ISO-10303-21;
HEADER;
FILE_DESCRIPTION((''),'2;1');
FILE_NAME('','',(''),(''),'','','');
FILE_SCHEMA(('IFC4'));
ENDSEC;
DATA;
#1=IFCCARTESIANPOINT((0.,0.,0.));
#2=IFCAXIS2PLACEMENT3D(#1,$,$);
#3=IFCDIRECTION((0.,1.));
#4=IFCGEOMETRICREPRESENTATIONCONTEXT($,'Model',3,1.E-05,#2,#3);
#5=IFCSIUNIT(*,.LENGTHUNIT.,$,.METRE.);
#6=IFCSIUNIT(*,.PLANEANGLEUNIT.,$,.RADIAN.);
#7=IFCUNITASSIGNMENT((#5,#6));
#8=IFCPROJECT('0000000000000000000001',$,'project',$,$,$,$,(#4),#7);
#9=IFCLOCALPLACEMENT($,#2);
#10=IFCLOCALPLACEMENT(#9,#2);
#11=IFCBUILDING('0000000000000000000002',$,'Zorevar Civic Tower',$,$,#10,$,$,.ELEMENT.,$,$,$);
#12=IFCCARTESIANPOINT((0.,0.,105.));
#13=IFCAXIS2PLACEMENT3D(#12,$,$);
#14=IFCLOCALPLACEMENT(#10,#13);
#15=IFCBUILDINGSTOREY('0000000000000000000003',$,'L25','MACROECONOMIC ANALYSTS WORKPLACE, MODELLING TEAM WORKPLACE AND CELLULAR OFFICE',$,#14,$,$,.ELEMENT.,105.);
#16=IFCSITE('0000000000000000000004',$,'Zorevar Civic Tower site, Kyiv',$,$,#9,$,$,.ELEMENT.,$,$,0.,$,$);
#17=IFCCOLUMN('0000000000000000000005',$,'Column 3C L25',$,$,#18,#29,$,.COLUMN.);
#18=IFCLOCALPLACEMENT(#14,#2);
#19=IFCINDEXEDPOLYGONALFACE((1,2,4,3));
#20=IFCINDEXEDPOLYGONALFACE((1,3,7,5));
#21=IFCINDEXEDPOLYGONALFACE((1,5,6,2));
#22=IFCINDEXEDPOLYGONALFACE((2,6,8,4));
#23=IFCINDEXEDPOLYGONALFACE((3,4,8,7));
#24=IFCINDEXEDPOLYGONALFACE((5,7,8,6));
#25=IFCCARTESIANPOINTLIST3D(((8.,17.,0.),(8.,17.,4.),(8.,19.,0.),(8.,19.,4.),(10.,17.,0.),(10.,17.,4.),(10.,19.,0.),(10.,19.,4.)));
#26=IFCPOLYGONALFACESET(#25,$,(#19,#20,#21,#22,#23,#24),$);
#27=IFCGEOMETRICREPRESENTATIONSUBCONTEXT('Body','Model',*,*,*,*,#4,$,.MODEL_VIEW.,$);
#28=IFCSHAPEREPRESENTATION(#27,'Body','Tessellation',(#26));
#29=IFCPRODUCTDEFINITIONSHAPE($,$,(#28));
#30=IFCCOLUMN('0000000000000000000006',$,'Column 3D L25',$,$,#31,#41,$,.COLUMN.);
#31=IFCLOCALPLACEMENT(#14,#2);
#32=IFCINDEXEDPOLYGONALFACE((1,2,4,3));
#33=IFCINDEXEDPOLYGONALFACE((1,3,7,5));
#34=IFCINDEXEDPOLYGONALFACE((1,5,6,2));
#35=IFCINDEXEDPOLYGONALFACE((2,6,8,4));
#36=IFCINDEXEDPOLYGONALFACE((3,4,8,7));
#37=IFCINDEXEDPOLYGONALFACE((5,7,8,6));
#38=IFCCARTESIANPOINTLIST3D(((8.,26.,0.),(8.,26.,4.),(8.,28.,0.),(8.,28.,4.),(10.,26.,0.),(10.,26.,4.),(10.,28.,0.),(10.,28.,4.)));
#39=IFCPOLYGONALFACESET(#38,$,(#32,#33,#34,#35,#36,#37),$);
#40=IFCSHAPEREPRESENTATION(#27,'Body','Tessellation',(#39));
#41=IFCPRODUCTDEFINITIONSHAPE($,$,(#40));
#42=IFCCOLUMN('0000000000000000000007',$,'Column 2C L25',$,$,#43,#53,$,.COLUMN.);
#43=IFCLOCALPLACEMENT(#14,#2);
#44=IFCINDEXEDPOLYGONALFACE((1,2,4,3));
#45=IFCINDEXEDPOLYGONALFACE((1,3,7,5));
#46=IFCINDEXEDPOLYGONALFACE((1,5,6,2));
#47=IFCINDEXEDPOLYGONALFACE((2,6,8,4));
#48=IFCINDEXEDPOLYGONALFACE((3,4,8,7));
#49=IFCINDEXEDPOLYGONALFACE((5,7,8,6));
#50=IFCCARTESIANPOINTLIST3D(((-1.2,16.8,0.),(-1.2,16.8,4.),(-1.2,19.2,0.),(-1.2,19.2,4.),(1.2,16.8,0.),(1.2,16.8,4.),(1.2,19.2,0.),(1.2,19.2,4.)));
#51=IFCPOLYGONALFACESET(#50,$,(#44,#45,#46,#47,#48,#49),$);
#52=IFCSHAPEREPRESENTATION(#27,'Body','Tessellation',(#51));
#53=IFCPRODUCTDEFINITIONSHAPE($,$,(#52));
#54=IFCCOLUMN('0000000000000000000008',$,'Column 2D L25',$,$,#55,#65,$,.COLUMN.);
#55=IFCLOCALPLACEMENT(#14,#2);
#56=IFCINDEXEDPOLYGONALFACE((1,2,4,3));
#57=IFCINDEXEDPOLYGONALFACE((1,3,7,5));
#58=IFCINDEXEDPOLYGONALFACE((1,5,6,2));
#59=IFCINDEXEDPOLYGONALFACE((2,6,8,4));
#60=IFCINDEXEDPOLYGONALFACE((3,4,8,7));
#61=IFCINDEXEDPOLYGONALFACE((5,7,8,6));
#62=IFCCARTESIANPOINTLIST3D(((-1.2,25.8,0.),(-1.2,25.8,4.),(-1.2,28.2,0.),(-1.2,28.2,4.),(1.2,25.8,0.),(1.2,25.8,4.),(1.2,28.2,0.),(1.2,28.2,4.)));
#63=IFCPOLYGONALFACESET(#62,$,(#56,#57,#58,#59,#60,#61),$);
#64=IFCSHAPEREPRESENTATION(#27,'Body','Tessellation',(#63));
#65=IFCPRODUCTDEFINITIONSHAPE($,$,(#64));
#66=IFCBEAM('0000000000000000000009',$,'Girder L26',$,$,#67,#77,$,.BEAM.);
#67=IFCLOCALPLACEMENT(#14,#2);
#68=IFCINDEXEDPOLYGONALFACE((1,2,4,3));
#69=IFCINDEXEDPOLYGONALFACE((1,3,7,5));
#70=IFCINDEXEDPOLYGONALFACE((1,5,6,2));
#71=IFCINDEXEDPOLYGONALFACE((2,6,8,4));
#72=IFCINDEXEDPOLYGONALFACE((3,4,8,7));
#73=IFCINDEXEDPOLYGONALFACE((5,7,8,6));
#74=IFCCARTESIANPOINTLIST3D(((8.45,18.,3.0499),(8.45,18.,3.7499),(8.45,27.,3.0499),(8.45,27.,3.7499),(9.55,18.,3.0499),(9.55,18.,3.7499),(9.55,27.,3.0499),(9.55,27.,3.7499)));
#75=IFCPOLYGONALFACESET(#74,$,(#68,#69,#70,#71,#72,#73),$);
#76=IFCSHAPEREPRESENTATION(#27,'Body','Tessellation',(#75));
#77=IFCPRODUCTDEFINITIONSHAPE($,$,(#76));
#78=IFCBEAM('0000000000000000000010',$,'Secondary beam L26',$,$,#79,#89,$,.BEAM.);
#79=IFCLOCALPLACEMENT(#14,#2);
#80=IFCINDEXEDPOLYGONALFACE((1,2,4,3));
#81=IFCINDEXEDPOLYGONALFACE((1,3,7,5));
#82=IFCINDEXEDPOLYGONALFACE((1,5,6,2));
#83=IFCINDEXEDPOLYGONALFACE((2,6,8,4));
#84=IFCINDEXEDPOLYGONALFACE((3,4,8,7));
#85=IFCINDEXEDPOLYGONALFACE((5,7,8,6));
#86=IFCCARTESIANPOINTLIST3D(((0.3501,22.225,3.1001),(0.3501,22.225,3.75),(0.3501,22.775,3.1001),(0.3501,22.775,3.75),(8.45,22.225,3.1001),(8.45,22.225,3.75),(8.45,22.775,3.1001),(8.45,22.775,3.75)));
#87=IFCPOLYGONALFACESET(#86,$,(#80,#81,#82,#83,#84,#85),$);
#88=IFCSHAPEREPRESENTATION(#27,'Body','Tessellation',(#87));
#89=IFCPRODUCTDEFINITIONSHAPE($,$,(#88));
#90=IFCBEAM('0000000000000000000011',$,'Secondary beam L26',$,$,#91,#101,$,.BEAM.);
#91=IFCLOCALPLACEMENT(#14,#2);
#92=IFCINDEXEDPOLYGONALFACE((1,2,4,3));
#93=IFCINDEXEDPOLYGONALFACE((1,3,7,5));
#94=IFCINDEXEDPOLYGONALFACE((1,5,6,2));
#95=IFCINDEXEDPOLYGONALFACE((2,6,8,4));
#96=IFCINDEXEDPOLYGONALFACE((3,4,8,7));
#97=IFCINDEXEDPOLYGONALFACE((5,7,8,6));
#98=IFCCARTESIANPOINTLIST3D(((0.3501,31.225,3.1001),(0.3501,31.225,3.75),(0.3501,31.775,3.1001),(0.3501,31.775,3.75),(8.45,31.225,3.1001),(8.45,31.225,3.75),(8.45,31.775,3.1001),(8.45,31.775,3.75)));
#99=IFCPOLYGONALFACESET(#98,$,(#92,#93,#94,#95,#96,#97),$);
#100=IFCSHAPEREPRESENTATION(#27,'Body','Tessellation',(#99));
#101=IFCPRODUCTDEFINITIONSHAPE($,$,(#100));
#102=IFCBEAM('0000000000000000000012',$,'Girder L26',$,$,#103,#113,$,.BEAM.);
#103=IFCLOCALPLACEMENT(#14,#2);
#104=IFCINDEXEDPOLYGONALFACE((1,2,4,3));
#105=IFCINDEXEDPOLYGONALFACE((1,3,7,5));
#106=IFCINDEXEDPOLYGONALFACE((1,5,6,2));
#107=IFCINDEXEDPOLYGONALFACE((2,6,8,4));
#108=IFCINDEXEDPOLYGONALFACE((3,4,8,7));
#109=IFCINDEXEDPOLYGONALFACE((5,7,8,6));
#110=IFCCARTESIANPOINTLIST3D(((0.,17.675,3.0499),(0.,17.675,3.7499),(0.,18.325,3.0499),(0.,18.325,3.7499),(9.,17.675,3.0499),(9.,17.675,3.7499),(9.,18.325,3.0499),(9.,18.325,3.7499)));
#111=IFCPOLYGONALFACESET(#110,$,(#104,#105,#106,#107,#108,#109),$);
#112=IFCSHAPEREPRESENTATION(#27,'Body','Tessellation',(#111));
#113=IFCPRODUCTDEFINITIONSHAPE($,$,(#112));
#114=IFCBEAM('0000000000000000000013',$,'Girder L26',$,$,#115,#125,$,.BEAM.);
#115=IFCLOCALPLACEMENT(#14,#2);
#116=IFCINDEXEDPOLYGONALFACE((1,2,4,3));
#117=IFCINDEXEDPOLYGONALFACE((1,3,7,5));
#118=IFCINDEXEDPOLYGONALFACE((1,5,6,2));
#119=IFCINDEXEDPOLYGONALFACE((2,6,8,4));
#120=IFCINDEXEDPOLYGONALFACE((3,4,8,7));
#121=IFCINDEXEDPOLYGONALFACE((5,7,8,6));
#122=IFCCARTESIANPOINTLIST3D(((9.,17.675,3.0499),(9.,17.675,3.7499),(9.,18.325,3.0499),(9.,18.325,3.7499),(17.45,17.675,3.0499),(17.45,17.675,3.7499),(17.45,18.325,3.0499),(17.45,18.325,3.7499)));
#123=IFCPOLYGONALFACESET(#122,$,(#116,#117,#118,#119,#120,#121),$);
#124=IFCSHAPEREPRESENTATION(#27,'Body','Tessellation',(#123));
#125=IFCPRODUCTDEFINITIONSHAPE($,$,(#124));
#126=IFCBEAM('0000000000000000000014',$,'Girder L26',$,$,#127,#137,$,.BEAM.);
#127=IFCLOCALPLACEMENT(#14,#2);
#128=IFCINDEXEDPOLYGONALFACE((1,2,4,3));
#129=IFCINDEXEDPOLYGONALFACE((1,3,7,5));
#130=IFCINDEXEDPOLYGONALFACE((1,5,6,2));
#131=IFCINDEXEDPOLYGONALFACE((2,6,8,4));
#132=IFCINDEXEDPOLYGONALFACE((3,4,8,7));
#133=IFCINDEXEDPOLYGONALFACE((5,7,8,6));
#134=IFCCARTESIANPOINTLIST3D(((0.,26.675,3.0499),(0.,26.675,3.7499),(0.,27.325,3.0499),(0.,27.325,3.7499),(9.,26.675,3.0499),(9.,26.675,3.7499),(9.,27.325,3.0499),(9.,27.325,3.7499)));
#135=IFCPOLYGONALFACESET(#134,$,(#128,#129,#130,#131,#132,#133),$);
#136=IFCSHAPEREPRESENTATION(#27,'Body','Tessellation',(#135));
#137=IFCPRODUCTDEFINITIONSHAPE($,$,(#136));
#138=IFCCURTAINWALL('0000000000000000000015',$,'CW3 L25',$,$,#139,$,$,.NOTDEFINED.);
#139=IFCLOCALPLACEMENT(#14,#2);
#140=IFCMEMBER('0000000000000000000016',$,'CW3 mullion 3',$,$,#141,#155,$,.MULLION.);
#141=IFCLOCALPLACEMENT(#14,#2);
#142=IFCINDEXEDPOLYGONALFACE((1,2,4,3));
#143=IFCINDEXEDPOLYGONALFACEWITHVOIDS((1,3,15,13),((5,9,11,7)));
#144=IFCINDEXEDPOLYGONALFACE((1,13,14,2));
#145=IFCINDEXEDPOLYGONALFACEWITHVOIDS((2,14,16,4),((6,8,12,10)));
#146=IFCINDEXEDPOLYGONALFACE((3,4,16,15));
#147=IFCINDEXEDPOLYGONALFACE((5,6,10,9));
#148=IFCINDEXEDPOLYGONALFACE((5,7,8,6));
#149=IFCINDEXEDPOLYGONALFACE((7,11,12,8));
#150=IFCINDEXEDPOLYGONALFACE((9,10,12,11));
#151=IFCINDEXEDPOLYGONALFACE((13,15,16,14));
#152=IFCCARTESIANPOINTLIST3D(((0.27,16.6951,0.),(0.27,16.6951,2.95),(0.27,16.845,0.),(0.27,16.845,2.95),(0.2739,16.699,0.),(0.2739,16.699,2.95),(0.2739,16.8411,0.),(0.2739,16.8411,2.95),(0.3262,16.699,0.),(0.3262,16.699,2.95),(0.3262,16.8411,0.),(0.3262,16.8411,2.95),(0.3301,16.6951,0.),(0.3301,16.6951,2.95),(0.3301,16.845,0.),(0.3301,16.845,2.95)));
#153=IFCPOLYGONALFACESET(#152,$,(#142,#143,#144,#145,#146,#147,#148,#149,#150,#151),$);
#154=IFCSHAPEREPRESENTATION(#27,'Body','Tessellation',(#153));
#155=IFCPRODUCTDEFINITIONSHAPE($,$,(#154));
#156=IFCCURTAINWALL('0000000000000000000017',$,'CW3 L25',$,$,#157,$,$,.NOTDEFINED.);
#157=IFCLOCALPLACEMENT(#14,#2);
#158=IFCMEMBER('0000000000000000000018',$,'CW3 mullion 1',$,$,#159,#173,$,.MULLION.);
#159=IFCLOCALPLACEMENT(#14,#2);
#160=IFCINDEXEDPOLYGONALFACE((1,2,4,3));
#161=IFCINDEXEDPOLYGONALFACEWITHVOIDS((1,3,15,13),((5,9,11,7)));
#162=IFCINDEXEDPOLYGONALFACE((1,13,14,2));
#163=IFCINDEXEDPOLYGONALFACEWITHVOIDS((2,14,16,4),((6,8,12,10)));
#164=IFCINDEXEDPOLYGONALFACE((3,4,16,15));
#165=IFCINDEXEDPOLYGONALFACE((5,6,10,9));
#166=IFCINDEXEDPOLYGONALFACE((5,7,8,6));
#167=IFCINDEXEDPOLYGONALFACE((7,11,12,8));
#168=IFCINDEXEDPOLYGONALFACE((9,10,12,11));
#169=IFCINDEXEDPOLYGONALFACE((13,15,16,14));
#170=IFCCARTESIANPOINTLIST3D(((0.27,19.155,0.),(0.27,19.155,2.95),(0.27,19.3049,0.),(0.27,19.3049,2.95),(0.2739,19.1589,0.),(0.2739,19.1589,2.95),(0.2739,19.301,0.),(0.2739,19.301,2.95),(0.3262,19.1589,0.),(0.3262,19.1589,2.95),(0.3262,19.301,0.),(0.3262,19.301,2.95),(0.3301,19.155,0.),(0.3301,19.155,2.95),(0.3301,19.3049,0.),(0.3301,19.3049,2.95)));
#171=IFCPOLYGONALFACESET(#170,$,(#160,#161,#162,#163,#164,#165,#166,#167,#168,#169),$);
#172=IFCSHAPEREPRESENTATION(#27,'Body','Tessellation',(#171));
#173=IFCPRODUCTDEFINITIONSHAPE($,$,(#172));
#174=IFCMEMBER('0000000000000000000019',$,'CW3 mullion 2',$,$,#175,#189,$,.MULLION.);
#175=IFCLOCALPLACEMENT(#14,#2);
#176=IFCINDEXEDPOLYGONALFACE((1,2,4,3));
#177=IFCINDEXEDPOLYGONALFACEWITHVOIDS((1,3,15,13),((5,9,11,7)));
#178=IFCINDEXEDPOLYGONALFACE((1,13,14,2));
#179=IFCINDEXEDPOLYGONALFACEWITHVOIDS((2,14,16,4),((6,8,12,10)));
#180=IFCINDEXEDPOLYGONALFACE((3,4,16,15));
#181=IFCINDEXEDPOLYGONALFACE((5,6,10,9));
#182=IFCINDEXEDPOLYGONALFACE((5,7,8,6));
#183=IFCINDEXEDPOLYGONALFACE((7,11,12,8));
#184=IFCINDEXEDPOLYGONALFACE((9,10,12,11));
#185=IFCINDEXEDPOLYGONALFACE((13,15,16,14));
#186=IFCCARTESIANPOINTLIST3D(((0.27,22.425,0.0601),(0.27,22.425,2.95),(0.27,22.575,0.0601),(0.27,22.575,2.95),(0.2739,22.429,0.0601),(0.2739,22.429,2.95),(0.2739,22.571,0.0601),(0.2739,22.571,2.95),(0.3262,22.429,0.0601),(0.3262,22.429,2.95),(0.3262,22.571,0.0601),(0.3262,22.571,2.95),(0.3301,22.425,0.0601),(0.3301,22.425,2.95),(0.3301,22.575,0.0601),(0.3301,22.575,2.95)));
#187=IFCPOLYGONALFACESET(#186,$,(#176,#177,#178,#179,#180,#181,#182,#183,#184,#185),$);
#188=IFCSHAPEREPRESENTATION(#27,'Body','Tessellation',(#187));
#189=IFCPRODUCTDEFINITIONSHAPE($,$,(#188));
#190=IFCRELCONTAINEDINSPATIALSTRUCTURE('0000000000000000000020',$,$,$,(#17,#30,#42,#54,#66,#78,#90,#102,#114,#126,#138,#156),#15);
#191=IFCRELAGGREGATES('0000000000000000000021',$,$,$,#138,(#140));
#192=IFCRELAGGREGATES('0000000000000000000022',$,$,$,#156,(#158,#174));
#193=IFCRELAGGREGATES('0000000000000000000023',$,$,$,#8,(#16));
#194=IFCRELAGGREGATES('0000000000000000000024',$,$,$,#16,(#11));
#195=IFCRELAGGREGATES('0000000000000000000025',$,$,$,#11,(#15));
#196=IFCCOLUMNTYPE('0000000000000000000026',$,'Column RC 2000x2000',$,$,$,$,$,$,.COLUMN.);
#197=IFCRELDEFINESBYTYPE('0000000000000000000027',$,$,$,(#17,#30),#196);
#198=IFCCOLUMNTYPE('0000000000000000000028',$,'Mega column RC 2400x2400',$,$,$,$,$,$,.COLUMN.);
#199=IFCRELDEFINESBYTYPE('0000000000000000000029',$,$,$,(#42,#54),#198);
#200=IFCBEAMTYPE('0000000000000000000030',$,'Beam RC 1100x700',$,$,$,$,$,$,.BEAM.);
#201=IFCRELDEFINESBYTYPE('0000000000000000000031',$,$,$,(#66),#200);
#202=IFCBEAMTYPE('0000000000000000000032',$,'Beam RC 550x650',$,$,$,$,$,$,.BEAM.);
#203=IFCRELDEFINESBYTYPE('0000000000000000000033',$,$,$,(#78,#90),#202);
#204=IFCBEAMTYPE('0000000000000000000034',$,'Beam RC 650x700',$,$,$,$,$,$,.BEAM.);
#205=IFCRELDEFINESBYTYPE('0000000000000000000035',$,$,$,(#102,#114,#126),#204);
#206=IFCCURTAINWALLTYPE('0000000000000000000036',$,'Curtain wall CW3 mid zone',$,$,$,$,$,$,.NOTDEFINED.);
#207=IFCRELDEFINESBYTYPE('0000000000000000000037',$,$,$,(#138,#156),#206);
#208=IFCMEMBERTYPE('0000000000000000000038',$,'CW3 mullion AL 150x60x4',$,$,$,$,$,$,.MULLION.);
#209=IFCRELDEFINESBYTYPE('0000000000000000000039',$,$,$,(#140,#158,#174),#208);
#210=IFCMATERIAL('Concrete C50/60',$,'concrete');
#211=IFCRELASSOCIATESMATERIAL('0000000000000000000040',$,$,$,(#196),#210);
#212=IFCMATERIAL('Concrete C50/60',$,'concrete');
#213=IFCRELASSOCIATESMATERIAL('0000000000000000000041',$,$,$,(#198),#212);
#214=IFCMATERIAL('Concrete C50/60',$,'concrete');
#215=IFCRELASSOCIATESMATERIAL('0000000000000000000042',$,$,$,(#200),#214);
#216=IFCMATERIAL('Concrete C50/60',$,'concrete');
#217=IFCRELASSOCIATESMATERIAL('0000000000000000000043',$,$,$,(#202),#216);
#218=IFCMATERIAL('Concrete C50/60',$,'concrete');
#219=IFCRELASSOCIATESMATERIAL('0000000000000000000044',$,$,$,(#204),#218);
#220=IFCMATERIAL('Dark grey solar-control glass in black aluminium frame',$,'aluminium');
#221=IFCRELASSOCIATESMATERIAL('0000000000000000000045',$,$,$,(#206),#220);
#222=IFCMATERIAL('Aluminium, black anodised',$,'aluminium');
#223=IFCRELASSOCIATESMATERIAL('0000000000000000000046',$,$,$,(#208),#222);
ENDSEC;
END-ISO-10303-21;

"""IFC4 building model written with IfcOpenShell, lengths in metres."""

from ifc_helpers import new_model, si_unit, direction, frame, origin, origin_2d, place, context, subcontext, project, spatial, rectangle, hollow_rectangle, extrude, material, material_profile, profile_set, type_object, element, aggregate, save


model = new_model("IFC4")

# Units and contexts
model_context = context("Model", 3, precision=1e-05, world=origin(), true_north=direction((0.0, 1.0)))
body_context = subcontext(model_context, "Body", "Model", "MODEL_VIEW")
ifc_project = project(units=[si_unit("LENGTHUNIT", "METRE"), si_unit("PLANEANGLEUNIT", "RADIAN")], contexts=[model_context])

# Site, building, storey
site_placement = place(None, origin())
site = spatial("IfcSite", under=ifc_project, at=site_placement, Name="Zorevar Civic Tower site, Kyiv", CompositionType="ELEMENT", RefElevation=0.0)
building_placement = place(site_placement, origin())
building = spatial("IfcBuilding", under=site, at=building_placement, Name="Zorevar Civic Tower", CompositionType="ELEMENT")
storey_placement = place(building_placement, frame((0.0, 0.0, 105.0)))
storey = spatial("IfcBuildingStorey", under=building, at=storey_placement, Name="L25", Description="MACROECONOMIC ANALYSTS WORKPLACE, MODELLING TEAM WORKPLACE AND CELLULAR OFFICE", CompositionType="ELEMENT", Elevation=105.0)

# Columns
ifc_material_1 = material(Name="Concrete C50/60", Category="concrete")
ifc_material_profile_1 = material_profile(ifc_material_1, rectangle(XDim=2.0, YDim=2.0, at=origin_2d()), Name="RC 2000x2000")
ifc_profile_set_1 = profile_set([ifc_material_profile_1], Name="Concrete C50/60")
column_type_1 = type_object("IfcColumnType", Name="Column RC 2000x2000", PredefinedType="COLUMN", material=ifc_profile_set_1)
for number, where, z_axis, x_axis, name in (
    (1, (9.0, 18.0, 0.0), (0.0, 0.0, 1.0), (1.0, 0.0, 0.0), "Column 3C L25"),
    (2, (9.0, 27.0, 0.0), (0.0, 0.0, 1.0), (1.0, 0.0, 0.0), "Column 3D L25"),
):
    element("IfcColumn", number, at=place(storey_placement, frame(where, z_axis=z_axis, x_axis=x_axis)), inside=storey, type_object=column_type_1, Name=name, PredefinedType="COLUMN", context=body_context, shape_type="SweptSolid", body=[
        extrude(rectangle(XDim=2.0, YDim=2.0, at=origin_2d()), origin(), (0.0, 0.0, 1.0), 4.0),
    ])
ifc_material_2 = material(Name="Concrete C50/60", Category="concrete")
ifc_material_profile_2 = material_profile(ifc_material_2, rectangle(XDim=2.3999, YDim=2.3999, at=origin_2d()), Name="RC 2400x2400")
ifc_profile_set_2 = profile_set([ifc_material_profile_2], Name="Concrete C50/60")
column_type_2 = type_object("IfcColumnType", Name="Mega column RC 2400x2400", PredefinedType="COLUMN", material=ifc_profile_set_2)
for number, where, z_axis, x_axis, name in (
    (3, (0.0, 18.0, 0.0), (0.0, 0.0, 1.0), (1.0, 0.0, 0.0), "Column 2C L25"),
    (4, (0.0, 27.0, 0.0), (0.0, 0.0, 1.0), (1.0, 0.0, 0.0), "Column 2D L25"),
):
    element("IfcColumn", number, at=place(storey_placement, frame(where, z_axis=z_axis, x_axis=x_axis)), inside=storey, type_object=column_type_2, Name=name, PredefinedType="COLUMN", context=body_context, shape_type="SweptSolid", body=[
        extrude(rectangle(XDim=2.3999, YDim=2.3999, at=origin_2d()), origin(), (0.0, 0.0, 1.0), 4.0),
    ])

# Beams
ifc_material_3 = material(Name="Concrete C50/60", Category="concrete")
ifc_material_profile_3 = material_profile(ifc_material_3, rectangle(XDim=1.1001, YDim=0.7, at=origin_2d()), Name="RC 1100x700")
ifc_profile_set_3 = profile_set([ifc_material_profile_3], Name="Concrete C50/60")
beam_type_1 = type_object("IfcBeamType", Name="Beam RC 1100x700", PredefinedType="BEAM", material=ifc_profile_set_3)
beam_1_placement = place(storey_placement, frame((9.0, 18.0, 3.3999), z_axis=(0.0, 1.0, 0.0), x_axis=(-1.0, 0.0, 0.0)))
element("IfcBeam", 5, at=beam_1_placement, inside=storey, type_object=beam_type_1, Name="Girder L26", PredefinedType="BEAM", context=body_context, shape_type="SweptSolid", body=[
    extrude(rectangle(XDim=1.1001, YDim=0.7, at=origin_2d()), origin(), (0.0, 0.0, 1.0), 9.0),
])
ifc_material_4 = material(Name="Concrete C50/60", Category="concrete")
ifc_material_profile_4 = material_profile(ifc_material_4, rectangle(XDim=0.55, YDim=0.6499, at=origin_2d()), Name="RC 550x650")
ifc_profile_set_4 = profile_set([ifc_material_profile_4], Name="Concrete C50/60")
beam_type_2 = type_object("IfcBeamType", Name="Beam RC 550x650", PredefinedType="BEAM", material=ifc_profile_set_4)
for number, where, z_axis, x_axis, name in (
    (6, (0.3501, 22.5, 3.425), (1.0, 0.0, 0.0), (0.0, 1.0, 0.0), "Secondary beam L26"),
    (7, (0.3501, 31.5, 3.425), (1.0, 0.0, 0.0), (0.0, 1.0, 0.0), "Secondary beam L26"),
):
    element("IfcBeam", number, at=place(storey_placement, frame(where, z_axis=z_axis, x_axis=x_axis)), inside=storey, type_object=beam_type_2, Name=name, PredefinedType="BEAM", context=body_context, shape_type="SweptSolid", body=[
        extrude(rectangle(XDim=0.55, YDim=0.6499, at=origin_2d()), origin(), (0.0, 0.0, 1.0), 8.0999),
    ])
ifc_material_5 = material(Name="Concrete C50/60", Category="concrete")
ifc_material_profile_5 = material_profile(ifc_material_5, rectangle(XDim=0.6499, YDim=0.7, at=origin_2d()), Name="RC 650x700")
ifc_profile_set_5 = profile_set([ifc_material_profile_5], Name="Concrete C50/60")
beam_type_3 = type_object("IfcBeamType", Name="Beam RC 650x700", PredefinedType="BEAM", material=ifc_profile_set_5)
beam_2_placement = place(storey_placement, frame((0.0, 18.0, 3.3999), z_axis=(1.0, 0.0, 0.0), x_axis=(0.0, 1.0, 0.0)))
element("IfcBeam", 8, at=beam_2_placement, inside=storey, type_object=beam_type_3, Name="Girder L26", PredefinedType="BEAM", context=body_context, shape_type="SweptSolid", body=[
    extrude(rectangle(XDim=0.6499, YDim=0.7, at=origin_2d()), origin(), (0.0, 0.0, 1.0), 9.0),
])
beam_3_placement = place(storey_placement, frame((9.0, 18.0, 3.3999), z_axis=(1.0, 0.0, 0.0), x_axis=(0.0, 1.0, 0.0)))
element("IfcBeam", 9, at=beam_3_placement, inside=storey, type_object=beam_type_3, Name="Girder L26", PredefinedType="BEAM", context=body_context, shape_type="SweptSolid", body=[
    extrude(rectangle(XDim=0.6499, YDim=0.7, at=origin_2d()), origin(), (0.0, 0.0, 1.0), 8.45),
])
beam_4_placement = place(storey_placement, frame((0.0, 27.0, 3.3999), z_axis=(1.0, 0.0, 0.0), x_axis=(0.0, 1.0, 0.0)))
element("IfcBeam", 10, at=beam_4_placement, inside=storey, type_object=beam_type_3, Name="Girder L26", PredefinedType="BEAM", context=body_context, shape_type="SweptSolid", body=[
    extrude(rectangle(XDim=0.6499, YDim=0.7, at=origin_2d()), origin(), (0.0, 0.0, 1.0), 9.0),
])

# Curtain wall, member
ifc_material_6 = material(Name="Dark grey solar-control glass in black aluminium frame", Category="aluminium")
curtain_wall_type = type_object("IfcCurtainWallType", Name="Curtain wall CW3 mid zone", PredefinedType="NOTDEFINED", material=ifc_material_6)
curtain_wall_1_placement = place(storey_placement, origin())
curtain_wall_1 = element("IfcCurtainWall", 11, at=curtain_wall_1_placement, inside=storey, type_object=curtain_wall_type, Name="CW3 L25", PredefinedType="NOTDEFINED")
ifc_material_7 = material(Name="Aluminium, black anodised", Category="aluminium")
ifc_material_profile_6 = material_profile(ifc_material_7, hollow_rectangle(XDim=0.0601, YDim=0.1499, WallThickness=0.0039, at=origin_2d()), Name="AL 150x60x4")
ifc_profile_set_6 = profile_set([ifc_material_profile_6], Name="Aluminium, black anodised")
member_type_1 = type_object("IfcMemberType", Name="CW3 mullion AL 150x60x4", PredefinedType="MULLION", material=ifc_profile_set_6)
member_1_placement = place(storey_placement, frame((0.3, 16.77, 0.0), z_axis=(0.0, 0.0, 1.0), x_axis=(-1.0, 0.0, 0.0)))
member_1 = element("IfcMember", 12, at=member_1_placement, type_object=member_type_1, Name="CW3 mullion 3", PredefinedType="MULLION", context=body_context, shape_type="SweptSolid", body=[
    extrude(hollow_rectangle(XDim=0.0601, YDim=0.1499, WallThickness=0.0039, at=origin_2d()), origin(), (0.0, 0.0, 1.0), 2.95),
])
aggregate(curtain_wall_1, [member_1])

# Curtain wall, members
curtain_wall_2_placement = place(storey_placement, origin())
curtain_wall_2 = element("IfcCurtainWall", 13, at=curtain_wall_2_placement, inside=storey, type_object=curtain_wall_type, Name="CW3 L25", PredefinedType="NOTDEFINED")
member_2_placement = place(storey_placement, frame((0.3, 19.23, 0.0), z_axis=(0.0, 0.0, 1.0), x_axis=(-1.0, 0.0, 0.0)))
member_2 = element("IfcMember", 14, at=member_2_placement, type_object=member_type_1, Name="CW3 mullion 1", PredefinedType="MULLION", context=body_context, shape_type="SweptSolid", body=[
    extrude(hollow_rectangle(XDim=0.0601, YDim=0.1499, WallThickness=0.0039, at=origin_2d()), origin(), (0.0, 0.0, 1.0), 2.95),
])
member_3_placement = place(storey_placement, frame((0.3, 22.5, 0.0601), z_axis=(0.0, 0.0, 1.0), x_axis=(-1.0, 0.0, 0.0)))
member_3 = element("IfcMember", 15, at=member_3_placement, type_object=member_type_1, Name="CW3 mullion 2", PredefinedType="MULLION", context=body_context, shape_type="SweptSolid", body=[
    extrude(hollow_rectangle(XDim=0.0601, YDim=0.1499, WallThickness=0.0039, at=origin_2d()), origin(), (0.0, 0.0, 1.0), 2.8899),
])

aggregate(curtain_wall_2, [member_2, member_3])

save(model, "model.ifc")
